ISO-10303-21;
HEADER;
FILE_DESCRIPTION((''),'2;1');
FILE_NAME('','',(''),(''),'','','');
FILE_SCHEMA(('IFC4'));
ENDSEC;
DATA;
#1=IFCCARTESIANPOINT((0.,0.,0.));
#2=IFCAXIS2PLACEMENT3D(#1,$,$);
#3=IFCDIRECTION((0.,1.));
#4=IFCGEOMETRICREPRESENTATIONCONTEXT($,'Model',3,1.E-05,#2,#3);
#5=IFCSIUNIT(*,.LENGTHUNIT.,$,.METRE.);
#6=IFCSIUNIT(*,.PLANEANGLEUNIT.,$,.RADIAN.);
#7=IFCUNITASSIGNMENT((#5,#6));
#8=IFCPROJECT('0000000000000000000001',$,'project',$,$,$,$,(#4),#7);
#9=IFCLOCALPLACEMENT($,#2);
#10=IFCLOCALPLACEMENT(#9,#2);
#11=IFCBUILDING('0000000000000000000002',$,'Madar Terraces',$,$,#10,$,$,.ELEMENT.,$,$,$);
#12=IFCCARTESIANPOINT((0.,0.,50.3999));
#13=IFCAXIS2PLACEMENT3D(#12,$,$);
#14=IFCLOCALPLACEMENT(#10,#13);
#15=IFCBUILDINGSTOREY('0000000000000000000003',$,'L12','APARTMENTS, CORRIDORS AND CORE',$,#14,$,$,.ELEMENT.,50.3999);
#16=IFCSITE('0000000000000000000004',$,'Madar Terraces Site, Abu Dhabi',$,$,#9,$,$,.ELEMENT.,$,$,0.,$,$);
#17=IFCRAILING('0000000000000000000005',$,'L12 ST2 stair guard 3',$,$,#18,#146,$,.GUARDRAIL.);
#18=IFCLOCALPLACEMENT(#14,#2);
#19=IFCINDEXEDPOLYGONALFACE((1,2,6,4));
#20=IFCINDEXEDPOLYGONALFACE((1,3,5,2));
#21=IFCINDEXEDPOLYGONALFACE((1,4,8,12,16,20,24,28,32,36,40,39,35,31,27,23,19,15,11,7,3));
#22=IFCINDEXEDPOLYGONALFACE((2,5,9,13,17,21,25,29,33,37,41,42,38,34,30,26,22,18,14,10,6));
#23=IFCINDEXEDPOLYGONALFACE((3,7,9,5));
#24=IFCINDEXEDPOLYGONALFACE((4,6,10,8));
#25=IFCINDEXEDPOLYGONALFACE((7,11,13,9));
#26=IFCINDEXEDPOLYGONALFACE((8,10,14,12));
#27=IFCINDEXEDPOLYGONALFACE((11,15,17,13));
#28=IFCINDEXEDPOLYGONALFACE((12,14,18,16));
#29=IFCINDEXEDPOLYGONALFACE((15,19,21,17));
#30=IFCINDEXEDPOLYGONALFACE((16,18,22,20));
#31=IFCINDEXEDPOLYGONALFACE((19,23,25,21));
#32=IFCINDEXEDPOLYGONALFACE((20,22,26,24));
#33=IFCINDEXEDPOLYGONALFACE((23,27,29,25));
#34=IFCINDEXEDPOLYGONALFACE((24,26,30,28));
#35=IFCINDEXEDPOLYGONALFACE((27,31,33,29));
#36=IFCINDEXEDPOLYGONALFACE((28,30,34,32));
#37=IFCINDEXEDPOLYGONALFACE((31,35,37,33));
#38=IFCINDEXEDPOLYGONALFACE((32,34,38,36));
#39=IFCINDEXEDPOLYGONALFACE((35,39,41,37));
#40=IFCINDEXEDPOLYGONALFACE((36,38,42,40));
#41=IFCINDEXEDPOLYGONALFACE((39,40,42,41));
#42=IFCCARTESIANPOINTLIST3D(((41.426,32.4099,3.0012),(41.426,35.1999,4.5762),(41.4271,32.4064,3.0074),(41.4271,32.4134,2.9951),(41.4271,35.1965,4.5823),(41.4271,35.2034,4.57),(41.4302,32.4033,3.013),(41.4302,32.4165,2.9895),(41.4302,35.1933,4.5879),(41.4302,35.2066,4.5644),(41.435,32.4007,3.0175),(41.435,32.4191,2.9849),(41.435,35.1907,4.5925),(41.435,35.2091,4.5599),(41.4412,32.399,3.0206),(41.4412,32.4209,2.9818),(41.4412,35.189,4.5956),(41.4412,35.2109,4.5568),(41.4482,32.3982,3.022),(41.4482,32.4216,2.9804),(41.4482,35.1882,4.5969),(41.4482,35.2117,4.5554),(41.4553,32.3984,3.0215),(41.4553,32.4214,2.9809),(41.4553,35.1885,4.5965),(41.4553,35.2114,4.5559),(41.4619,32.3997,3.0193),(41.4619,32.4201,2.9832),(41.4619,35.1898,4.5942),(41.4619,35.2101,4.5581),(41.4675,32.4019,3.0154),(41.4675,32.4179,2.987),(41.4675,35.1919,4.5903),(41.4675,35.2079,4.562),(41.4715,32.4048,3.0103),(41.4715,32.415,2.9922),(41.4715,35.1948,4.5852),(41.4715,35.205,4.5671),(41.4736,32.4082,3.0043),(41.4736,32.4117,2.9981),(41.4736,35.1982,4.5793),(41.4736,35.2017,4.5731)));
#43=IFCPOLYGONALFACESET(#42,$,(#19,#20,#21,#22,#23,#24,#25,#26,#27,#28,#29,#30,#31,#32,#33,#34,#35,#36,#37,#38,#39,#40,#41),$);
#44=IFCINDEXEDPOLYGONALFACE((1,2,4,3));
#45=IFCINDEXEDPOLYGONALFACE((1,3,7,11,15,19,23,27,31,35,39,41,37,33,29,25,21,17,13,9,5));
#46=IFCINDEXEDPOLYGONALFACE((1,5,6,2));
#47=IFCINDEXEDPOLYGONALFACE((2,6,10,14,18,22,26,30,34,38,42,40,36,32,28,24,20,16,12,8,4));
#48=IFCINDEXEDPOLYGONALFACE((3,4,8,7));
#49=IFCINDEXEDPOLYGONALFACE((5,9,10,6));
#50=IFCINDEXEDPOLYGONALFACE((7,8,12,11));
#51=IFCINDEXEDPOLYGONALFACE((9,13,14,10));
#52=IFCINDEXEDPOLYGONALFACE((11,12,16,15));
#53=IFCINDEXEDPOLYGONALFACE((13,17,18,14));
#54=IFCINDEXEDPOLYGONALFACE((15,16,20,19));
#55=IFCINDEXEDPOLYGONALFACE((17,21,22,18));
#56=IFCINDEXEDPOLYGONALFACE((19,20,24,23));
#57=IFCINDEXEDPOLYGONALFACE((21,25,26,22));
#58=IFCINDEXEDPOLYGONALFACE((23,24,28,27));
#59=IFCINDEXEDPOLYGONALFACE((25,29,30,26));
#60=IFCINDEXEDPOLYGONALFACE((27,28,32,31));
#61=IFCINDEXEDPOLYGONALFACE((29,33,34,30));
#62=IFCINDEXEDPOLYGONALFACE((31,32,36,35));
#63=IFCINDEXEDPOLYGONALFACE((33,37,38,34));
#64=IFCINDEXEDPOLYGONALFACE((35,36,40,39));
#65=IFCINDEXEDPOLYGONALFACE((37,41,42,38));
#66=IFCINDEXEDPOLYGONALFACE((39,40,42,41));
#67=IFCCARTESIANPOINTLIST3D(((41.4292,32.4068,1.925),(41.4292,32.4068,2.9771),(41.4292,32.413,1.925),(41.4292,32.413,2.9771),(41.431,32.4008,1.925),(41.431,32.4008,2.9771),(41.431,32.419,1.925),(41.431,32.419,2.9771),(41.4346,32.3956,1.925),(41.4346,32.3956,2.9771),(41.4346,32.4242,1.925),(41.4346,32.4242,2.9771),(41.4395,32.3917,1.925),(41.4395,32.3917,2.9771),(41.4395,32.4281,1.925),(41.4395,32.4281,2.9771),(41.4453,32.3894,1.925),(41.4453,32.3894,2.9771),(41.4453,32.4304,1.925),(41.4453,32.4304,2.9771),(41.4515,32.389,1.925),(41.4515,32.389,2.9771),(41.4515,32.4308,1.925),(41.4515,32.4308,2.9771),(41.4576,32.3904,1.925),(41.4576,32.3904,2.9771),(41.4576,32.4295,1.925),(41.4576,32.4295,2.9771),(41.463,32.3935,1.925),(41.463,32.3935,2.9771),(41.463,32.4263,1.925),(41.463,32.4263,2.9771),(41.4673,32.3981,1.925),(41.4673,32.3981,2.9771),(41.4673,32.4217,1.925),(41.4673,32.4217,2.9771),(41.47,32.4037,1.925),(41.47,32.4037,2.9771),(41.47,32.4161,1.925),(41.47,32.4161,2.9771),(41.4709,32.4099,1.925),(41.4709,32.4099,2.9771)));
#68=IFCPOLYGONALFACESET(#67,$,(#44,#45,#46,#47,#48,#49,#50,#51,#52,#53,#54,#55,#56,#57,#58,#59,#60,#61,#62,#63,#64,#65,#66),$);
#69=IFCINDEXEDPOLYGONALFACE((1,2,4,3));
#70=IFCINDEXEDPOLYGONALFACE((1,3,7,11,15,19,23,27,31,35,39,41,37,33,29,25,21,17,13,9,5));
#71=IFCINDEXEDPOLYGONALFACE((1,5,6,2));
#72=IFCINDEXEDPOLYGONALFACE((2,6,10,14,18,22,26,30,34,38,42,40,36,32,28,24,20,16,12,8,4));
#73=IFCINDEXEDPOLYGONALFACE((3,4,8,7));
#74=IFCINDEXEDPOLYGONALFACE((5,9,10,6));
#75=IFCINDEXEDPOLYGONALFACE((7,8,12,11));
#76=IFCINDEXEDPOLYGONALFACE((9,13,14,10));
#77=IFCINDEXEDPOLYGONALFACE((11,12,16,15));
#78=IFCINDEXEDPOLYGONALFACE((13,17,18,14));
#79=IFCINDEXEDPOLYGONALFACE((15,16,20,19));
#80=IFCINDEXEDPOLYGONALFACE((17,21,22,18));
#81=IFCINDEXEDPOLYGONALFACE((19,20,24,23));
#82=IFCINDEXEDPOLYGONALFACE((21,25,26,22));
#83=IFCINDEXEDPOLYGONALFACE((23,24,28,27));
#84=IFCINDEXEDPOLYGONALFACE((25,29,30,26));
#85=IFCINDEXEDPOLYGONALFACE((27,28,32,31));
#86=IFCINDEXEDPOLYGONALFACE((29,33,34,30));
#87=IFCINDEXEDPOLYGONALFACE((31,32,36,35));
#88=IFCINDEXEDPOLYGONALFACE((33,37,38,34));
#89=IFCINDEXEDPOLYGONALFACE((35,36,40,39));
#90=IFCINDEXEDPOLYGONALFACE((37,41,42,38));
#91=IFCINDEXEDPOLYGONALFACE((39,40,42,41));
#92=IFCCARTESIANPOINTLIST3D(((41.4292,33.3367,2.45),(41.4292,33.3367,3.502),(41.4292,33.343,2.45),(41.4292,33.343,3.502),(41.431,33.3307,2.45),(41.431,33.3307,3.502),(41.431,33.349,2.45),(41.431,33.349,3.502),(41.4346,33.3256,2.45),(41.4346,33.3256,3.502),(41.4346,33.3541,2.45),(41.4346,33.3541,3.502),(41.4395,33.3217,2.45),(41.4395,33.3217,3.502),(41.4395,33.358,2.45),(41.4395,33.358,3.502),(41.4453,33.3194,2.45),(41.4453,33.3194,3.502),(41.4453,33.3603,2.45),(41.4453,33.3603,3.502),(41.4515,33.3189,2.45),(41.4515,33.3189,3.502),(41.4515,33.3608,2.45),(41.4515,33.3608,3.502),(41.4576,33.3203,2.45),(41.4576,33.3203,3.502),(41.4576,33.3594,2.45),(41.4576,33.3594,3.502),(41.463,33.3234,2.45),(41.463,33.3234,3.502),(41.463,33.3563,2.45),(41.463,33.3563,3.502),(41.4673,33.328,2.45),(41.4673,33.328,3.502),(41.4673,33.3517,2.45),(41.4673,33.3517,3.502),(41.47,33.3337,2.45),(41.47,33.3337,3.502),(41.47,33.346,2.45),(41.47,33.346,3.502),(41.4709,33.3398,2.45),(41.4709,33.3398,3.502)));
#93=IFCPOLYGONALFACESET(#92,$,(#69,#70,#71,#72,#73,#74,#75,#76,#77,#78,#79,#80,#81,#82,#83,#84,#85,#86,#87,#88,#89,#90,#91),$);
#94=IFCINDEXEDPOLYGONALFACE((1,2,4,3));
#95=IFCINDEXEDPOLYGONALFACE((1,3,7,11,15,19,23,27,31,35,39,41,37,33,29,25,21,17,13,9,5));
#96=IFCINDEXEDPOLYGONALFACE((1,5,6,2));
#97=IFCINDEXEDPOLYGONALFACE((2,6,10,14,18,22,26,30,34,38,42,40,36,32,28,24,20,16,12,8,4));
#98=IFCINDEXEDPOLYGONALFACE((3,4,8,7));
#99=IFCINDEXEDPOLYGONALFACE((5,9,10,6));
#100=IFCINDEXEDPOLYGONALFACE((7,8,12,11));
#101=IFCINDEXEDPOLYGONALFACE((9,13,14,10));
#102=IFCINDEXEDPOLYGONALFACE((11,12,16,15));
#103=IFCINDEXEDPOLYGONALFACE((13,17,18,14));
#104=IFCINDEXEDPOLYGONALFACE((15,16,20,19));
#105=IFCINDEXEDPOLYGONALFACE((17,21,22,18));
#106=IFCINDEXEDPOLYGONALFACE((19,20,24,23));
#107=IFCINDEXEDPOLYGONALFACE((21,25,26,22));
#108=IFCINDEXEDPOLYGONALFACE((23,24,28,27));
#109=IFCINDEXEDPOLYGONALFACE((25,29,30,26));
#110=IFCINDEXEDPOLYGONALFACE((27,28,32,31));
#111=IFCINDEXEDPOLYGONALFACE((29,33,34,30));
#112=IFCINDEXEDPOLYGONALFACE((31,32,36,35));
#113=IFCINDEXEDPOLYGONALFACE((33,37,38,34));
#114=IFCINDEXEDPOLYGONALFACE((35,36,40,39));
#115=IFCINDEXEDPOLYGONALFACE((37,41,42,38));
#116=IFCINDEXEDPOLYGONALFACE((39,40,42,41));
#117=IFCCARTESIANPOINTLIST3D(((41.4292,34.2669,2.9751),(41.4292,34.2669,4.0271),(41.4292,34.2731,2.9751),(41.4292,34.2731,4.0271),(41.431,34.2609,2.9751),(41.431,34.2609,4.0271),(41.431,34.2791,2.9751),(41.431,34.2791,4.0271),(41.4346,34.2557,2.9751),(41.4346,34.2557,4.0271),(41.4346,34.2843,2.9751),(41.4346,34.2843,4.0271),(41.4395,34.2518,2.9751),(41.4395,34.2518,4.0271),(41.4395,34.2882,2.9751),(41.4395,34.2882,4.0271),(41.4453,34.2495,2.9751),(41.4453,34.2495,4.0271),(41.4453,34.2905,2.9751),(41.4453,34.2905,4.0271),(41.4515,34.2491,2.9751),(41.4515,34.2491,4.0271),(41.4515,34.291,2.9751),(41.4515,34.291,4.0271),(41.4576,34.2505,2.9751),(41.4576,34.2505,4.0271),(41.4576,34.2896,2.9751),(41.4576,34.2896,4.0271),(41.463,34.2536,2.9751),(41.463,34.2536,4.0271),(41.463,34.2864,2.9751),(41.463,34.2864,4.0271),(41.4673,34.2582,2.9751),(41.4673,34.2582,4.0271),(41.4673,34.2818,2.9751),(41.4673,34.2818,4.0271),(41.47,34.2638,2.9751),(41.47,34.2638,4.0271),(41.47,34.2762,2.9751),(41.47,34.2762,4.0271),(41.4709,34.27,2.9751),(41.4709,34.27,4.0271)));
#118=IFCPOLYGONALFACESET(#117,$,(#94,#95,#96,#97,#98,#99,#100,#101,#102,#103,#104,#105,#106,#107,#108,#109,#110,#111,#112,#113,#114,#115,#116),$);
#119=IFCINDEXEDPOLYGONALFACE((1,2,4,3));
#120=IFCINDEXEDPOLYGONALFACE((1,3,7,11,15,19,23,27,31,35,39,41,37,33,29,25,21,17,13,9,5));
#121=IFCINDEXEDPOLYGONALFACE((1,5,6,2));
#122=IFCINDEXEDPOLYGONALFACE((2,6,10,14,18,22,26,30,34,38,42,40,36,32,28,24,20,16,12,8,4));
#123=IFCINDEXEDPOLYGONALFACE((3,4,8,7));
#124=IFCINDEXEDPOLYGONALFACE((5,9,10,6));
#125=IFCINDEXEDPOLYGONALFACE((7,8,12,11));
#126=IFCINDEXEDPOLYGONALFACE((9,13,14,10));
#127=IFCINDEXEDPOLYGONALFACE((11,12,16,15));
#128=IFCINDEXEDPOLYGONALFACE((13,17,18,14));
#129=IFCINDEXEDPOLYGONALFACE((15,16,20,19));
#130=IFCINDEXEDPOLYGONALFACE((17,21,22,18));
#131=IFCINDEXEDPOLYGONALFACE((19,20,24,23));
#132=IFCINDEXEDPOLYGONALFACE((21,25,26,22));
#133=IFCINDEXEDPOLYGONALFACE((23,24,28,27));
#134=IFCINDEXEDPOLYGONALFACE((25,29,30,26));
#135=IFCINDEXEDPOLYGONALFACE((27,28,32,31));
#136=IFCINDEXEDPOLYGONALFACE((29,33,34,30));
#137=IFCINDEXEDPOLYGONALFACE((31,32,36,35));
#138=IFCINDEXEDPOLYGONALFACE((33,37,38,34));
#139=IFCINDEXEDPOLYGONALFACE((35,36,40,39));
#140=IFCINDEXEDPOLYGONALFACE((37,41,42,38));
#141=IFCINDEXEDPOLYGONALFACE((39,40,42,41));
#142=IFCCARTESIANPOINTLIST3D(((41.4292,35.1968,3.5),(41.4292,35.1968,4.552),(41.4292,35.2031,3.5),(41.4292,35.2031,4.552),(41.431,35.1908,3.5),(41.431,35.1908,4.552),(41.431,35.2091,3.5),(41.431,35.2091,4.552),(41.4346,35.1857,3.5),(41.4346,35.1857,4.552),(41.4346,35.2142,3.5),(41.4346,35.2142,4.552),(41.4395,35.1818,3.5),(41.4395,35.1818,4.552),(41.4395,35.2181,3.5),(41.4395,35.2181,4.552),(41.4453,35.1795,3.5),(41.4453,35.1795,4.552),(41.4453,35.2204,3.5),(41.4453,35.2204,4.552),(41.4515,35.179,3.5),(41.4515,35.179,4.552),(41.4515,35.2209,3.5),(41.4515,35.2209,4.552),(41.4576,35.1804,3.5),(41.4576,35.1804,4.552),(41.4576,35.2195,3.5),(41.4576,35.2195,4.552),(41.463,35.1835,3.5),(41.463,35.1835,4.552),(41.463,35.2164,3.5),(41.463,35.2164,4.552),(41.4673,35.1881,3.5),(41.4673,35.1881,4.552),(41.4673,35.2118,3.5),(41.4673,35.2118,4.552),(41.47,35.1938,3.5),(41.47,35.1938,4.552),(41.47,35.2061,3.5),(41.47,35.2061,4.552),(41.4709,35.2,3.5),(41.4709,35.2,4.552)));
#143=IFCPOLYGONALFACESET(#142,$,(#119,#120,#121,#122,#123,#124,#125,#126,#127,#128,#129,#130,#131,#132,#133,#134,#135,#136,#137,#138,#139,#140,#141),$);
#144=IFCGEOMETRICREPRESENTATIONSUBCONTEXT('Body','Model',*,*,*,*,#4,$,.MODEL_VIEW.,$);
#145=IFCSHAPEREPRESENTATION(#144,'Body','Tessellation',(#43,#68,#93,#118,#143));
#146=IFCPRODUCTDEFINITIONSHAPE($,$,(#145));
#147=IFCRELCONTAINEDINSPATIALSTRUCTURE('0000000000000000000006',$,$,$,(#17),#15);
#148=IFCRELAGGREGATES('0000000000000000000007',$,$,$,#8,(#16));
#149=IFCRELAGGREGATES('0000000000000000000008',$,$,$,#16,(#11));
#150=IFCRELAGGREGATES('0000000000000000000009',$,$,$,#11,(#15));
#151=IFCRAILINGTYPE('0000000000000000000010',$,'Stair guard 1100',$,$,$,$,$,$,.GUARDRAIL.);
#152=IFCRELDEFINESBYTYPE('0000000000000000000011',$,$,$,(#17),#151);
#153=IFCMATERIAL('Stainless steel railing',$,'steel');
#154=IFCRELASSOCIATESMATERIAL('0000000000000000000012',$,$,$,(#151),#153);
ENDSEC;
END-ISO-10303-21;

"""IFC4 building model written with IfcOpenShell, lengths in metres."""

from ifc_helpers import new_model, si_unit, direction, frame, origin, origin_2d, place, context, subcontext, project, spatial, circle, extrude, material, type_object, element, save


model = new_model("IFC4")

# Units and contexts
model_context = context("Model", 3, precision=1e-05, world=origin(), true_north=direction((0.0, 1.0)))
body_context = subcontext(model_context, "Body", "Model", "MODEL_VIEW")
ifc_project = project(units=[si_unit("LENGTHUNIT", "METRE"), si_unit("PLANEANGLEUNIT", "RADIAN")], contexts=[model_context])

# Site, building, storey
site_placement = place(None, origin())
site = spatial("IfcSite", under=ifc_project, at=site_placement, Name="Madar Terraces Site, Abu Dhabi", CompositionType="ELEMENT", RefElevation=0.0)
building_placement = place(site_placement, origin())
building = spatial("IfcBuilding", under=site, at=building_placement, Name="Madar Terraces", CompositionType="ELEMENT")
storey_placement = place(building_placement, frame((0.0, 0.0, 50.3999)))
storey = spatial("IfcBuildingStorey", under=building, at=storey_placement, Name="L12", Description="APARTMENTS, CORRIDORS AND CORE", CompositionType="ELEMENT", Elevation=50.3999)

# Railing
ifc_material_1 = material(Name="Stainless steel railing", Category="steel")
railing_type_1 = type_object("IfcRailingType", Name="Stair guard 1100", PredefinedType="GUARDRAIL", material=ifc_material_1)
railing_1_placement = place(storey_placement, frame((41.45, 32.4099, 1.925)))
element("IfcRailing", 1, at=railing_1_placement, inside=storey, type_object=railing_type_1, Name="L12 ST2 stair guard 3", PredefinedType="GUARDRAIL", context=body_context, shape_type="SweptSolid", body=[
    extrude(circle(Radius=0.0239, at=origin_2d()), frame((0.0, 0.0, 1.0762), z_axis=(0.0, 0.870834, 0.491578), x_axis=(-1.0, 0.0, 0.0)), (0.0, 0.0, 1.0), 3.2039),
    extrude(circle(Radius=0.021, at=origin_2d()), origin(), (0.0, 0.0, 1.0), 1.052),
    extrude(circle(Radius=0.021, at=origin_2d()), frame((0.0, 0.9299, 0.5249)), (0.0, 0.0, 1.0), 1.052),
    extrude(circle(Radius=0.021, at=origin_2d()), frame((0.0, 1.8601, 1.05)), (0.0, 0.0, 1.0), 1.052),
    extrude(circle(Radius=0.021, at=origin_2d()), frame((0.0, 2.79, 1.575)), (0.0, 0.0, 1.0), 1.052),
])

save(model, "model.ifc")
